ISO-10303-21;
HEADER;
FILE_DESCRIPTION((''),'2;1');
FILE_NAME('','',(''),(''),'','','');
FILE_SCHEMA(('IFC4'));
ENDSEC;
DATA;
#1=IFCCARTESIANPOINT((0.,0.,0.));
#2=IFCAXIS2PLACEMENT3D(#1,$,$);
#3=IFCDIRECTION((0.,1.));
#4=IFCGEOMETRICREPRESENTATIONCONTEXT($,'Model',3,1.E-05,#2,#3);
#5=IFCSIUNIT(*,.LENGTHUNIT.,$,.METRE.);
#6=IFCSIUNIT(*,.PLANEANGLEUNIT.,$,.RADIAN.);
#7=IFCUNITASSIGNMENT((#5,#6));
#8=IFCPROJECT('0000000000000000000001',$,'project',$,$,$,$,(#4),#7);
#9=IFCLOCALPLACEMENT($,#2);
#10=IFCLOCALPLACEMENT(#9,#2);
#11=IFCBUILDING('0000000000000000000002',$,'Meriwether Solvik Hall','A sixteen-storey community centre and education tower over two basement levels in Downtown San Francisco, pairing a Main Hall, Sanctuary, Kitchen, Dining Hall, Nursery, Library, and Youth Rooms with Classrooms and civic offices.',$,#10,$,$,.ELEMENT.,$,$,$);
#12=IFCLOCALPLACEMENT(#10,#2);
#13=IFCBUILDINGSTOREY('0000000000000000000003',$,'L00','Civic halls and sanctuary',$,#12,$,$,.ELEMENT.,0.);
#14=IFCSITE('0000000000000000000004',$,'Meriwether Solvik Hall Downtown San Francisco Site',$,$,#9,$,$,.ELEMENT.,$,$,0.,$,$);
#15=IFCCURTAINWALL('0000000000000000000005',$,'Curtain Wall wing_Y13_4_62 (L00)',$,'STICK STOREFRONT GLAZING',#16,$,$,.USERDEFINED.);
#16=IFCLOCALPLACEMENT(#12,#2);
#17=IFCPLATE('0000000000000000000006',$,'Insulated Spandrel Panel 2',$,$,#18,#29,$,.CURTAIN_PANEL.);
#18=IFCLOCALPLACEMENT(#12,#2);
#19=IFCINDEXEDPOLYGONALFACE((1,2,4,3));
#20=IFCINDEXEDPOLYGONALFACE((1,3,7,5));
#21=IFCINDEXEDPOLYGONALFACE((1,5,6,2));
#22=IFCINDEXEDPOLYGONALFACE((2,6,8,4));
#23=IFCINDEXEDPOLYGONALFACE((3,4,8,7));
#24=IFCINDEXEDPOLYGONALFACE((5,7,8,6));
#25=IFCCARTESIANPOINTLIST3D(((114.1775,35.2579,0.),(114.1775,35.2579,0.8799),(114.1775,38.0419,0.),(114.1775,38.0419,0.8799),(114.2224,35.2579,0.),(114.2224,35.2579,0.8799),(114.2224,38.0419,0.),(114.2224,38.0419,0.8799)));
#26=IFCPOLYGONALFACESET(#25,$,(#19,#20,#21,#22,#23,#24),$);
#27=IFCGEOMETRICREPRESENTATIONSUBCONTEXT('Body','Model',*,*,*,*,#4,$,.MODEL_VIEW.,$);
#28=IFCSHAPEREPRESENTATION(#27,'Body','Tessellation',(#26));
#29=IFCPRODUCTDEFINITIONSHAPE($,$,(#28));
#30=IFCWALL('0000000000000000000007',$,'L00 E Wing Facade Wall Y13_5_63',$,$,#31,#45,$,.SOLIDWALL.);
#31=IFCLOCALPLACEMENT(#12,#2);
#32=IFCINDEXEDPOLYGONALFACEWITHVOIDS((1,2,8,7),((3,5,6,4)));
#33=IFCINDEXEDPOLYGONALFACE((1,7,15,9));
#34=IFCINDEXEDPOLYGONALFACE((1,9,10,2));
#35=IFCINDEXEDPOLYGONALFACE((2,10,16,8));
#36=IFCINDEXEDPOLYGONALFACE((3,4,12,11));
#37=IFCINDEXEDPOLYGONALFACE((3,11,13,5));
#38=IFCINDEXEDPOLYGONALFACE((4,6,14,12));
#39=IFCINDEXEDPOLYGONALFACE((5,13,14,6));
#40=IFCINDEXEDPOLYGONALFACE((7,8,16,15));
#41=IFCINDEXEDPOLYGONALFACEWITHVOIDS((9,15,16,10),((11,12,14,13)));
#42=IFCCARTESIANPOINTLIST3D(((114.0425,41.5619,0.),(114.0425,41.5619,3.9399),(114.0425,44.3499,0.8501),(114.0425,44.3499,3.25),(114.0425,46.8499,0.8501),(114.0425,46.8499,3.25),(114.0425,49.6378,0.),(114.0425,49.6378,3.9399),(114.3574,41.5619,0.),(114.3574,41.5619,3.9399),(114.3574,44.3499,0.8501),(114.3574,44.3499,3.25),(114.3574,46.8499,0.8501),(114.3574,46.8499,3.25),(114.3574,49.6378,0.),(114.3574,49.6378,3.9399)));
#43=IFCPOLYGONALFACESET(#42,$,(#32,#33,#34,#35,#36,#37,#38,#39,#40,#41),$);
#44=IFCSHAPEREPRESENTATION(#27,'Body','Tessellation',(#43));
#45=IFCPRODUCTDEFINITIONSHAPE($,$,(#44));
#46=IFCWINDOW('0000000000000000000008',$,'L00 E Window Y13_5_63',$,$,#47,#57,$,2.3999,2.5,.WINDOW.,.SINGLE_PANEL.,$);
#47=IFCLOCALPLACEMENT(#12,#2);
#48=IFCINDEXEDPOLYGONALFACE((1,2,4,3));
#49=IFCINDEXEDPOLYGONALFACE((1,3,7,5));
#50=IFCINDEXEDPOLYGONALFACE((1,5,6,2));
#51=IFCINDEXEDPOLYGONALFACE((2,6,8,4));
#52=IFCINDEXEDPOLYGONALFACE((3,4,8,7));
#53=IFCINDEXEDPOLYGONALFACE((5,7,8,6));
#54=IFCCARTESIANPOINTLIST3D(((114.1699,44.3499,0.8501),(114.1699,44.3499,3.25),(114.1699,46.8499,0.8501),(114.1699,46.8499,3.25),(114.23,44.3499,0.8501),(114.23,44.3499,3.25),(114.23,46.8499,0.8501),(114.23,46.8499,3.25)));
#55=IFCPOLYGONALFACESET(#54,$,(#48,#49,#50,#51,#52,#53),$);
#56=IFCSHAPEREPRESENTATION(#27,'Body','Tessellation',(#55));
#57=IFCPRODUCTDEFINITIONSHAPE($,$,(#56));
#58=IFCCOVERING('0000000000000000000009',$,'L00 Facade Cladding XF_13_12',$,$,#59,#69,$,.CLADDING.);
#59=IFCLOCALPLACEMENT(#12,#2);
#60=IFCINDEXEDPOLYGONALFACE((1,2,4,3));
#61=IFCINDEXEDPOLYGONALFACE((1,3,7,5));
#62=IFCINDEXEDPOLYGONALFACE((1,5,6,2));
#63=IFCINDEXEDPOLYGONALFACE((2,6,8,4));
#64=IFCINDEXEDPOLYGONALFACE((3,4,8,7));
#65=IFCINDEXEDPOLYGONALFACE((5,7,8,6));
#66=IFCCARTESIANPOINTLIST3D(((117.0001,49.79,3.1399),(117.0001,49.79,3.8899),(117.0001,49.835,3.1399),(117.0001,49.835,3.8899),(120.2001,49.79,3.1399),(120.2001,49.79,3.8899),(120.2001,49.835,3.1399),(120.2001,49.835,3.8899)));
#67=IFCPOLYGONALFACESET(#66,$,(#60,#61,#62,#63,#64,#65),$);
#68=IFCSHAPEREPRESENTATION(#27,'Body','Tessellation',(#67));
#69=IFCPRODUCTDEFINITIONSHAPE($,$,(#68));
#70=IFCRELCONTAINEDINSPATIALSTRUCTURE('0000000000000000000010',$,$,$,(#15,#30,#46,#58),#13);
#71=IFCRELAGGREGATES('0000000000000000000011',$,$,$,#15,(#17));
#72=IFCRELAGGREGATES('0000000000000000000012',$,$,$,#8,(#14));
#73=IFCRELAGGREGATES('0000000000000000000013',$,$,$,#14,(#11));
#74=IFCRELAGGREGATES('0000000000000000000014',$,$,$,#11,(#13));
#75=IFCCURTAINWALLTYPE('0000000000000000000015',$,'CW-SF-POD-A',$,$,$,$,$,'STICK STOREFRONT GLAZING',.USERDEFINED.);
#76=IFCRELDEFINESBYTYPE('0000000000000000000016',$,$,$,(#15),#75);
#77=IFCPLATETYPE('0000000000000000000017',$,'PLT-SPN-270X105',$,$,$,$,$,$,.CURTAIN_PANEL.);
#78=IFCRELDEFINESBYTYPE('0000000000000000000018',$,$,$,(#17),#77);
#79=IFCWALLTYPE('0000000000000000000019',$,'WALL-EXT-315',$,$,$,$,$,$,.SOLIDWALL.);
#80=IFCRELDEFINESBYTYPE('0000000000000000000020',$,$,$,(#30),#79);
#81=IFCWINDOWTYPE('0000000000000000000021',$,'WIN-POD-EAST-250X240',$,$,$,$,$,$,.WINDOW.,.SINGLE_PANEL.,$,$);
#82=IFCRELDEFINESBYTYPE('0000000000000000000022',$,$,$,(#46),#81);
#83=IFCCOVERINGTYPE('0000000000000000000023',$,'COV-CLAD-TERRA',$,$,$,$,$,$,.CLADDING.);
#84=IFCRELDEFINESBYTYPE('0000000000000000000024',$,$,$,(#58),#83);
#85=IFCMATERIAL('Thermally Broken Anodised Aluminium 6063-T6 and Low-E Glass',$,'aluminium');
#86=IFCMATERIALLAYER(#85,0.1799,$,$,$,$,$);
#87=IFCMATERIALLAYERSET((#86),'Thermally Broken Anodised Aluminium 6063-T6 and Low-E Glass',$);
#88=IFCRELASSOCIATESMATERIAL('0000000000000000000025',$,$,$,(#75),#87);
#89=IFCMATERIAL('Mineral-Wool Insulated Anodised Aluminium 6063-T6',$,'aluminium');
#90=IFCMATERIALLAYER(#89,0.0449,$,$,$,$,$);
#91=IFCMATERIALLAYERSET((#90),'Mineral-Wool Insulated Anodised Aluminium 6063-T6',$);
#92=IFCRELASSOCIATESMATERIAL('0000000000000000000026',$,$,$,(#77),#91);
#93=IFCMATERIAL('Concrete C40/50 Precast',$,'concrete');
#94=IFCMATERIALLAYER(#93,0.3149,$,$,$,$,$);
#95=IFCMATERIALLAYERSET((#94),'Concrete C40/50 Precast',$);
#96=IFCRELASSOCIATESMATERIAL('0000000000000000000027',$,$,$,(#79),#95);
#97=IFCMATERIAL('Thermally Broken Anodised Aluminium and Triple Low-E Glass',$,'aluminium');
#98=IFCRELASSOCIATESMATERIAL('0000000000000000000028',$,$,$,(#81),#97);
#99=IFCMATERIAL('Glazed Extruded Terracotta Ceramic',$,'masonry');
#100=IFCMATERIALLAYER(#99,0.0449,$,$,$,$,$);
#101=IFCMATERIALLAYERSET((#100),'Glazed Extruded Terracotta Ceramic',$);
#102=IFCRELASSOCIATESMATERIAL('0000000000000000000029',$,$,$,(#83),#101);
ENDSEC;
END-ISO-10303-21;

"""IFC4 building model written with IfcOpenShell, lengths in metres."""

from ifc_helpers import new_model, si_unit, direction, frame, frame_2d, origin, origin_2d, place, context, subcontext, project, spatial, rectangle, extrude, material, layer, layer_set, type_object, element, fill, aggregate, save


model = new_model("IFC4")

# Units and contexts
model_context = context("Model", 3, precision=1e-05, world=origin(), true_north=direction((0.0, 1.0)))
body_context = subcontext(model_context, "Body", "Model", "MODEL_VIEW")
ifc_project = project(units=[si_unit("LENGTHUNIT", "METRE"), si_unit("PLANEANGLEUNIT", "RADIAN")], contexts=[model_context])

# Site, building, storey
site_placement = place(None, origin())
site = spatial("IfcSite", under=ifc_project, at=site_placement, Name="Meriwether Solvik Hall Downtown San Francisco Site", CompositionType="ELEMENT", RefElevation=0.0)
building_placement = place(site_placement, origin())
building = spatial("IfcBuilding", under=site, at=building_placement, Name="Meriwether Solvik Hall", Description="A sixteen-storey community centre and education tower over two basement levels in Downtown San Francisco, pairing a Main Hall, Sanctuary, Kitchen, Dining Hall, Nursery, Library, and Youth Rooms with Classrooms and civic offices.", CompositionType="ELEMENT")
storey_placement = place(building_placement, origin())
storey = spatial("IfcBuildingStorey", under=building, at=storey_placement, Name="L00", Description="Civic halls and sanctuary", CompositionType="ELEMENT", Elevation=0.0)

# Curtain wall, plate
ifc_material_1 = material(Name="Thermally Broken Anodised Aluminium 6063-T6 and Low-E Glass", Category="aluminium")
ifc_layer_1 = layer(ifc_material_1, 0.1799)
ifc_layer_set_1 = layer_set([ifc_layer_1], Name="Thermally Broken Anodised Aluminium 6063-T6 and Low-E Glass")
curtain_wall_type = type_object("IfcCurtainWallType", Name="CW-SF-POD-A", ElementType="STICK STOREFRONT GLAZING", PredefinedType="USERDEFINED", material=ifc_layer_set_1)
curtain_wall_placement = place(storey_placement, origin())
curtain_wall = element("IfcCurtainWall", 1, at=curtain_wall_placement, inside=storey, type_object=curtain_wall_type, Name="Curtain Wall wing_Y13_4_62 (L00)", ObjectType="STICK STOREFRONT GLAZING", PredefinedType="USERDEFINED")
ifc_material_2 = material(Name="Mineral-Wool Insulated Anodised Aluminium 6063-T6", Category="aluminium")
ifc_layer_2 = layer(ifc_material_2, 0.0449)
ifc_layer_set_2 = layer_set([ifc_layer_2], Name="Mineral-Wool Insulated Anodised Aluminium 6063-T6")
plate_type_1 = type_object("IfcPlateType", Name="PLT-SPN-270X105", PredefinedType="CURTAIN_PANEL", material=ifc_layer_set_2)
plate_1_placement = place(storey_placement, frame((114.2, 36.6499, 0.0), z_axis=(0.0, 0.0, 1.0), x_axis=(0.0, -1.0, 0.0)))
plate_1 = element("IfcPlate", 2, at=plate_1_placement, type_object=plate_type_1, Name="Insulated Spandrel Panel 2", PredefinedType="CURTAIN_PANEL", context=body_context, shape_type="SweptSolid", body=[
    extrude(rectangle(XDim=2.7839, YDim=0.0449, at=origin_2d()), origin(), (0.0, 0.0, 1.0), 0.8799),
])
aggregate(curtain_wall, [plate_1])

# Wall, opening, window
ifc_material_3 = material(Name="Concrete C40/50 Precast", Category="concrete")
ifc_layer_3 = layer(ifc_material_3, 0.3149)
ifc_layer_set_3 = layer_set([ifc_layer_3], Name="Concrete C40/50 Precast")
wall_type = type_object("IfcWallType", Name="WALL-EXT-315", PredefinedType="SOLIDWALL", material=ifc_layer_set_3)
wall_placement = place(storey_placement, frame((114.2, 49.6379, 0.0), z_axis=(0.0, 0.0, 1.0), x_axis=(0.0, -1.0, 0.0)))
wall = element("IfcWall", 3, at=wall_placement, inside=storey, type_object=wall_type, Name="L00 E Wing Facade Wall Y13_5_63", PredefinedType="SOLIDWALL", context=body_context, shape_type="SweptSolid", body=[
    extrude(rectangle(XDim=8.0759, YDim=0.3149, at=frame_2d((4.0381, 0.0))), origin(), (0.0, 0.0, 1.0), 3.9399),
])
opening_placement = place(wall_placement, frame((2.7881, 0.0, 0.8501)))
opening = element("IfcOpeningElement", 4, at=opening_placement, cuts=wall, PredefinedType="OPENING", context=body_context, shape_type="SweptSolid", body=[
    extrude(rectangle(XDim=2.5, YDim=2.3999, at=frame_2d((1.25, 1.2))), frame((0.0, 0.1694, 0.0), z_axis=(0.0, -1.0, 0.0), x_axis=(1.0, 0.0, 0.0)), (0.0, 0.0, 1.0), 0.3389),
])
ifc_material_4 = material(Name="Thermally Broken Anodised Aluminium and Triple Low-E Glass", Category="aluminium")
window_type = type_object("IfcWindowType", Name="WIN-POD-EAST-250X240", PartitioningType="SINGLE_PANEL", PredefinedType="WINDOW", material=ifc_material_4)
window_placement = place(opening_placement, origin())
window = element("IfcWindow", 5, at=window_placement, inside=storey, type_object=window_type, Name="L00 E Window Y13_5_63", OverallHeight=2.3999, OverallWidth=2.5, PartitioningType="SINGLE_PANEL", PredefinedType="WINDOW", context=body_context, shape_type="SweptSolid", body=[
    extrude(rectangle(XDim=2.5, YDim=2.3999, at=frame_2d((1.25, 1.2))), frame((0.0, 0.03, 0.0), z_axis=(0.0, -1.0, 0.0), x_axis=(1.0, 0.0, 0.0)), (0.0, 0.0, 1.0), 0.0601),
])
fill(opening, window)

# Covering
ifc_material_5 = material(Name="Glazed Extruded Terracotta Ceramic", Category="masonry")
ifc_layer_4 = layer(ifc_material_5, 0.0449)
ifc_layer_set_4 = layer_set([ifc_layer_4], Name="Glazed Extruded Terracotta Ceramic")
covering_type = type_object("IfcCoveringType", Name="COV-CLAD-TERRA", PredefinedType="CLADDING", material=ifc_layer_set_4)
covering_placement = place(storey_placement, frame((118.6001, 49.8125, 3.1399), z_axis=(0.0, 0.0, 1.0), x_axis=(-1.0, 0.0, 0.0)))
element("IfcCovering", 6, at=covering_placement, inside=storey, type_object=covering_type, Name="L00 Facade Cladding XF_13_12", PredefinedType="CLADDING", context=body_context, shape_type="SweptSolid", body=[
    extrude(rectangle(XDim=3.2, YDim=0.0449, at=origin_2d()), origin(), (0.0, 0.0, 1.0), 0.75),
])

save(model, "model.ifc")
